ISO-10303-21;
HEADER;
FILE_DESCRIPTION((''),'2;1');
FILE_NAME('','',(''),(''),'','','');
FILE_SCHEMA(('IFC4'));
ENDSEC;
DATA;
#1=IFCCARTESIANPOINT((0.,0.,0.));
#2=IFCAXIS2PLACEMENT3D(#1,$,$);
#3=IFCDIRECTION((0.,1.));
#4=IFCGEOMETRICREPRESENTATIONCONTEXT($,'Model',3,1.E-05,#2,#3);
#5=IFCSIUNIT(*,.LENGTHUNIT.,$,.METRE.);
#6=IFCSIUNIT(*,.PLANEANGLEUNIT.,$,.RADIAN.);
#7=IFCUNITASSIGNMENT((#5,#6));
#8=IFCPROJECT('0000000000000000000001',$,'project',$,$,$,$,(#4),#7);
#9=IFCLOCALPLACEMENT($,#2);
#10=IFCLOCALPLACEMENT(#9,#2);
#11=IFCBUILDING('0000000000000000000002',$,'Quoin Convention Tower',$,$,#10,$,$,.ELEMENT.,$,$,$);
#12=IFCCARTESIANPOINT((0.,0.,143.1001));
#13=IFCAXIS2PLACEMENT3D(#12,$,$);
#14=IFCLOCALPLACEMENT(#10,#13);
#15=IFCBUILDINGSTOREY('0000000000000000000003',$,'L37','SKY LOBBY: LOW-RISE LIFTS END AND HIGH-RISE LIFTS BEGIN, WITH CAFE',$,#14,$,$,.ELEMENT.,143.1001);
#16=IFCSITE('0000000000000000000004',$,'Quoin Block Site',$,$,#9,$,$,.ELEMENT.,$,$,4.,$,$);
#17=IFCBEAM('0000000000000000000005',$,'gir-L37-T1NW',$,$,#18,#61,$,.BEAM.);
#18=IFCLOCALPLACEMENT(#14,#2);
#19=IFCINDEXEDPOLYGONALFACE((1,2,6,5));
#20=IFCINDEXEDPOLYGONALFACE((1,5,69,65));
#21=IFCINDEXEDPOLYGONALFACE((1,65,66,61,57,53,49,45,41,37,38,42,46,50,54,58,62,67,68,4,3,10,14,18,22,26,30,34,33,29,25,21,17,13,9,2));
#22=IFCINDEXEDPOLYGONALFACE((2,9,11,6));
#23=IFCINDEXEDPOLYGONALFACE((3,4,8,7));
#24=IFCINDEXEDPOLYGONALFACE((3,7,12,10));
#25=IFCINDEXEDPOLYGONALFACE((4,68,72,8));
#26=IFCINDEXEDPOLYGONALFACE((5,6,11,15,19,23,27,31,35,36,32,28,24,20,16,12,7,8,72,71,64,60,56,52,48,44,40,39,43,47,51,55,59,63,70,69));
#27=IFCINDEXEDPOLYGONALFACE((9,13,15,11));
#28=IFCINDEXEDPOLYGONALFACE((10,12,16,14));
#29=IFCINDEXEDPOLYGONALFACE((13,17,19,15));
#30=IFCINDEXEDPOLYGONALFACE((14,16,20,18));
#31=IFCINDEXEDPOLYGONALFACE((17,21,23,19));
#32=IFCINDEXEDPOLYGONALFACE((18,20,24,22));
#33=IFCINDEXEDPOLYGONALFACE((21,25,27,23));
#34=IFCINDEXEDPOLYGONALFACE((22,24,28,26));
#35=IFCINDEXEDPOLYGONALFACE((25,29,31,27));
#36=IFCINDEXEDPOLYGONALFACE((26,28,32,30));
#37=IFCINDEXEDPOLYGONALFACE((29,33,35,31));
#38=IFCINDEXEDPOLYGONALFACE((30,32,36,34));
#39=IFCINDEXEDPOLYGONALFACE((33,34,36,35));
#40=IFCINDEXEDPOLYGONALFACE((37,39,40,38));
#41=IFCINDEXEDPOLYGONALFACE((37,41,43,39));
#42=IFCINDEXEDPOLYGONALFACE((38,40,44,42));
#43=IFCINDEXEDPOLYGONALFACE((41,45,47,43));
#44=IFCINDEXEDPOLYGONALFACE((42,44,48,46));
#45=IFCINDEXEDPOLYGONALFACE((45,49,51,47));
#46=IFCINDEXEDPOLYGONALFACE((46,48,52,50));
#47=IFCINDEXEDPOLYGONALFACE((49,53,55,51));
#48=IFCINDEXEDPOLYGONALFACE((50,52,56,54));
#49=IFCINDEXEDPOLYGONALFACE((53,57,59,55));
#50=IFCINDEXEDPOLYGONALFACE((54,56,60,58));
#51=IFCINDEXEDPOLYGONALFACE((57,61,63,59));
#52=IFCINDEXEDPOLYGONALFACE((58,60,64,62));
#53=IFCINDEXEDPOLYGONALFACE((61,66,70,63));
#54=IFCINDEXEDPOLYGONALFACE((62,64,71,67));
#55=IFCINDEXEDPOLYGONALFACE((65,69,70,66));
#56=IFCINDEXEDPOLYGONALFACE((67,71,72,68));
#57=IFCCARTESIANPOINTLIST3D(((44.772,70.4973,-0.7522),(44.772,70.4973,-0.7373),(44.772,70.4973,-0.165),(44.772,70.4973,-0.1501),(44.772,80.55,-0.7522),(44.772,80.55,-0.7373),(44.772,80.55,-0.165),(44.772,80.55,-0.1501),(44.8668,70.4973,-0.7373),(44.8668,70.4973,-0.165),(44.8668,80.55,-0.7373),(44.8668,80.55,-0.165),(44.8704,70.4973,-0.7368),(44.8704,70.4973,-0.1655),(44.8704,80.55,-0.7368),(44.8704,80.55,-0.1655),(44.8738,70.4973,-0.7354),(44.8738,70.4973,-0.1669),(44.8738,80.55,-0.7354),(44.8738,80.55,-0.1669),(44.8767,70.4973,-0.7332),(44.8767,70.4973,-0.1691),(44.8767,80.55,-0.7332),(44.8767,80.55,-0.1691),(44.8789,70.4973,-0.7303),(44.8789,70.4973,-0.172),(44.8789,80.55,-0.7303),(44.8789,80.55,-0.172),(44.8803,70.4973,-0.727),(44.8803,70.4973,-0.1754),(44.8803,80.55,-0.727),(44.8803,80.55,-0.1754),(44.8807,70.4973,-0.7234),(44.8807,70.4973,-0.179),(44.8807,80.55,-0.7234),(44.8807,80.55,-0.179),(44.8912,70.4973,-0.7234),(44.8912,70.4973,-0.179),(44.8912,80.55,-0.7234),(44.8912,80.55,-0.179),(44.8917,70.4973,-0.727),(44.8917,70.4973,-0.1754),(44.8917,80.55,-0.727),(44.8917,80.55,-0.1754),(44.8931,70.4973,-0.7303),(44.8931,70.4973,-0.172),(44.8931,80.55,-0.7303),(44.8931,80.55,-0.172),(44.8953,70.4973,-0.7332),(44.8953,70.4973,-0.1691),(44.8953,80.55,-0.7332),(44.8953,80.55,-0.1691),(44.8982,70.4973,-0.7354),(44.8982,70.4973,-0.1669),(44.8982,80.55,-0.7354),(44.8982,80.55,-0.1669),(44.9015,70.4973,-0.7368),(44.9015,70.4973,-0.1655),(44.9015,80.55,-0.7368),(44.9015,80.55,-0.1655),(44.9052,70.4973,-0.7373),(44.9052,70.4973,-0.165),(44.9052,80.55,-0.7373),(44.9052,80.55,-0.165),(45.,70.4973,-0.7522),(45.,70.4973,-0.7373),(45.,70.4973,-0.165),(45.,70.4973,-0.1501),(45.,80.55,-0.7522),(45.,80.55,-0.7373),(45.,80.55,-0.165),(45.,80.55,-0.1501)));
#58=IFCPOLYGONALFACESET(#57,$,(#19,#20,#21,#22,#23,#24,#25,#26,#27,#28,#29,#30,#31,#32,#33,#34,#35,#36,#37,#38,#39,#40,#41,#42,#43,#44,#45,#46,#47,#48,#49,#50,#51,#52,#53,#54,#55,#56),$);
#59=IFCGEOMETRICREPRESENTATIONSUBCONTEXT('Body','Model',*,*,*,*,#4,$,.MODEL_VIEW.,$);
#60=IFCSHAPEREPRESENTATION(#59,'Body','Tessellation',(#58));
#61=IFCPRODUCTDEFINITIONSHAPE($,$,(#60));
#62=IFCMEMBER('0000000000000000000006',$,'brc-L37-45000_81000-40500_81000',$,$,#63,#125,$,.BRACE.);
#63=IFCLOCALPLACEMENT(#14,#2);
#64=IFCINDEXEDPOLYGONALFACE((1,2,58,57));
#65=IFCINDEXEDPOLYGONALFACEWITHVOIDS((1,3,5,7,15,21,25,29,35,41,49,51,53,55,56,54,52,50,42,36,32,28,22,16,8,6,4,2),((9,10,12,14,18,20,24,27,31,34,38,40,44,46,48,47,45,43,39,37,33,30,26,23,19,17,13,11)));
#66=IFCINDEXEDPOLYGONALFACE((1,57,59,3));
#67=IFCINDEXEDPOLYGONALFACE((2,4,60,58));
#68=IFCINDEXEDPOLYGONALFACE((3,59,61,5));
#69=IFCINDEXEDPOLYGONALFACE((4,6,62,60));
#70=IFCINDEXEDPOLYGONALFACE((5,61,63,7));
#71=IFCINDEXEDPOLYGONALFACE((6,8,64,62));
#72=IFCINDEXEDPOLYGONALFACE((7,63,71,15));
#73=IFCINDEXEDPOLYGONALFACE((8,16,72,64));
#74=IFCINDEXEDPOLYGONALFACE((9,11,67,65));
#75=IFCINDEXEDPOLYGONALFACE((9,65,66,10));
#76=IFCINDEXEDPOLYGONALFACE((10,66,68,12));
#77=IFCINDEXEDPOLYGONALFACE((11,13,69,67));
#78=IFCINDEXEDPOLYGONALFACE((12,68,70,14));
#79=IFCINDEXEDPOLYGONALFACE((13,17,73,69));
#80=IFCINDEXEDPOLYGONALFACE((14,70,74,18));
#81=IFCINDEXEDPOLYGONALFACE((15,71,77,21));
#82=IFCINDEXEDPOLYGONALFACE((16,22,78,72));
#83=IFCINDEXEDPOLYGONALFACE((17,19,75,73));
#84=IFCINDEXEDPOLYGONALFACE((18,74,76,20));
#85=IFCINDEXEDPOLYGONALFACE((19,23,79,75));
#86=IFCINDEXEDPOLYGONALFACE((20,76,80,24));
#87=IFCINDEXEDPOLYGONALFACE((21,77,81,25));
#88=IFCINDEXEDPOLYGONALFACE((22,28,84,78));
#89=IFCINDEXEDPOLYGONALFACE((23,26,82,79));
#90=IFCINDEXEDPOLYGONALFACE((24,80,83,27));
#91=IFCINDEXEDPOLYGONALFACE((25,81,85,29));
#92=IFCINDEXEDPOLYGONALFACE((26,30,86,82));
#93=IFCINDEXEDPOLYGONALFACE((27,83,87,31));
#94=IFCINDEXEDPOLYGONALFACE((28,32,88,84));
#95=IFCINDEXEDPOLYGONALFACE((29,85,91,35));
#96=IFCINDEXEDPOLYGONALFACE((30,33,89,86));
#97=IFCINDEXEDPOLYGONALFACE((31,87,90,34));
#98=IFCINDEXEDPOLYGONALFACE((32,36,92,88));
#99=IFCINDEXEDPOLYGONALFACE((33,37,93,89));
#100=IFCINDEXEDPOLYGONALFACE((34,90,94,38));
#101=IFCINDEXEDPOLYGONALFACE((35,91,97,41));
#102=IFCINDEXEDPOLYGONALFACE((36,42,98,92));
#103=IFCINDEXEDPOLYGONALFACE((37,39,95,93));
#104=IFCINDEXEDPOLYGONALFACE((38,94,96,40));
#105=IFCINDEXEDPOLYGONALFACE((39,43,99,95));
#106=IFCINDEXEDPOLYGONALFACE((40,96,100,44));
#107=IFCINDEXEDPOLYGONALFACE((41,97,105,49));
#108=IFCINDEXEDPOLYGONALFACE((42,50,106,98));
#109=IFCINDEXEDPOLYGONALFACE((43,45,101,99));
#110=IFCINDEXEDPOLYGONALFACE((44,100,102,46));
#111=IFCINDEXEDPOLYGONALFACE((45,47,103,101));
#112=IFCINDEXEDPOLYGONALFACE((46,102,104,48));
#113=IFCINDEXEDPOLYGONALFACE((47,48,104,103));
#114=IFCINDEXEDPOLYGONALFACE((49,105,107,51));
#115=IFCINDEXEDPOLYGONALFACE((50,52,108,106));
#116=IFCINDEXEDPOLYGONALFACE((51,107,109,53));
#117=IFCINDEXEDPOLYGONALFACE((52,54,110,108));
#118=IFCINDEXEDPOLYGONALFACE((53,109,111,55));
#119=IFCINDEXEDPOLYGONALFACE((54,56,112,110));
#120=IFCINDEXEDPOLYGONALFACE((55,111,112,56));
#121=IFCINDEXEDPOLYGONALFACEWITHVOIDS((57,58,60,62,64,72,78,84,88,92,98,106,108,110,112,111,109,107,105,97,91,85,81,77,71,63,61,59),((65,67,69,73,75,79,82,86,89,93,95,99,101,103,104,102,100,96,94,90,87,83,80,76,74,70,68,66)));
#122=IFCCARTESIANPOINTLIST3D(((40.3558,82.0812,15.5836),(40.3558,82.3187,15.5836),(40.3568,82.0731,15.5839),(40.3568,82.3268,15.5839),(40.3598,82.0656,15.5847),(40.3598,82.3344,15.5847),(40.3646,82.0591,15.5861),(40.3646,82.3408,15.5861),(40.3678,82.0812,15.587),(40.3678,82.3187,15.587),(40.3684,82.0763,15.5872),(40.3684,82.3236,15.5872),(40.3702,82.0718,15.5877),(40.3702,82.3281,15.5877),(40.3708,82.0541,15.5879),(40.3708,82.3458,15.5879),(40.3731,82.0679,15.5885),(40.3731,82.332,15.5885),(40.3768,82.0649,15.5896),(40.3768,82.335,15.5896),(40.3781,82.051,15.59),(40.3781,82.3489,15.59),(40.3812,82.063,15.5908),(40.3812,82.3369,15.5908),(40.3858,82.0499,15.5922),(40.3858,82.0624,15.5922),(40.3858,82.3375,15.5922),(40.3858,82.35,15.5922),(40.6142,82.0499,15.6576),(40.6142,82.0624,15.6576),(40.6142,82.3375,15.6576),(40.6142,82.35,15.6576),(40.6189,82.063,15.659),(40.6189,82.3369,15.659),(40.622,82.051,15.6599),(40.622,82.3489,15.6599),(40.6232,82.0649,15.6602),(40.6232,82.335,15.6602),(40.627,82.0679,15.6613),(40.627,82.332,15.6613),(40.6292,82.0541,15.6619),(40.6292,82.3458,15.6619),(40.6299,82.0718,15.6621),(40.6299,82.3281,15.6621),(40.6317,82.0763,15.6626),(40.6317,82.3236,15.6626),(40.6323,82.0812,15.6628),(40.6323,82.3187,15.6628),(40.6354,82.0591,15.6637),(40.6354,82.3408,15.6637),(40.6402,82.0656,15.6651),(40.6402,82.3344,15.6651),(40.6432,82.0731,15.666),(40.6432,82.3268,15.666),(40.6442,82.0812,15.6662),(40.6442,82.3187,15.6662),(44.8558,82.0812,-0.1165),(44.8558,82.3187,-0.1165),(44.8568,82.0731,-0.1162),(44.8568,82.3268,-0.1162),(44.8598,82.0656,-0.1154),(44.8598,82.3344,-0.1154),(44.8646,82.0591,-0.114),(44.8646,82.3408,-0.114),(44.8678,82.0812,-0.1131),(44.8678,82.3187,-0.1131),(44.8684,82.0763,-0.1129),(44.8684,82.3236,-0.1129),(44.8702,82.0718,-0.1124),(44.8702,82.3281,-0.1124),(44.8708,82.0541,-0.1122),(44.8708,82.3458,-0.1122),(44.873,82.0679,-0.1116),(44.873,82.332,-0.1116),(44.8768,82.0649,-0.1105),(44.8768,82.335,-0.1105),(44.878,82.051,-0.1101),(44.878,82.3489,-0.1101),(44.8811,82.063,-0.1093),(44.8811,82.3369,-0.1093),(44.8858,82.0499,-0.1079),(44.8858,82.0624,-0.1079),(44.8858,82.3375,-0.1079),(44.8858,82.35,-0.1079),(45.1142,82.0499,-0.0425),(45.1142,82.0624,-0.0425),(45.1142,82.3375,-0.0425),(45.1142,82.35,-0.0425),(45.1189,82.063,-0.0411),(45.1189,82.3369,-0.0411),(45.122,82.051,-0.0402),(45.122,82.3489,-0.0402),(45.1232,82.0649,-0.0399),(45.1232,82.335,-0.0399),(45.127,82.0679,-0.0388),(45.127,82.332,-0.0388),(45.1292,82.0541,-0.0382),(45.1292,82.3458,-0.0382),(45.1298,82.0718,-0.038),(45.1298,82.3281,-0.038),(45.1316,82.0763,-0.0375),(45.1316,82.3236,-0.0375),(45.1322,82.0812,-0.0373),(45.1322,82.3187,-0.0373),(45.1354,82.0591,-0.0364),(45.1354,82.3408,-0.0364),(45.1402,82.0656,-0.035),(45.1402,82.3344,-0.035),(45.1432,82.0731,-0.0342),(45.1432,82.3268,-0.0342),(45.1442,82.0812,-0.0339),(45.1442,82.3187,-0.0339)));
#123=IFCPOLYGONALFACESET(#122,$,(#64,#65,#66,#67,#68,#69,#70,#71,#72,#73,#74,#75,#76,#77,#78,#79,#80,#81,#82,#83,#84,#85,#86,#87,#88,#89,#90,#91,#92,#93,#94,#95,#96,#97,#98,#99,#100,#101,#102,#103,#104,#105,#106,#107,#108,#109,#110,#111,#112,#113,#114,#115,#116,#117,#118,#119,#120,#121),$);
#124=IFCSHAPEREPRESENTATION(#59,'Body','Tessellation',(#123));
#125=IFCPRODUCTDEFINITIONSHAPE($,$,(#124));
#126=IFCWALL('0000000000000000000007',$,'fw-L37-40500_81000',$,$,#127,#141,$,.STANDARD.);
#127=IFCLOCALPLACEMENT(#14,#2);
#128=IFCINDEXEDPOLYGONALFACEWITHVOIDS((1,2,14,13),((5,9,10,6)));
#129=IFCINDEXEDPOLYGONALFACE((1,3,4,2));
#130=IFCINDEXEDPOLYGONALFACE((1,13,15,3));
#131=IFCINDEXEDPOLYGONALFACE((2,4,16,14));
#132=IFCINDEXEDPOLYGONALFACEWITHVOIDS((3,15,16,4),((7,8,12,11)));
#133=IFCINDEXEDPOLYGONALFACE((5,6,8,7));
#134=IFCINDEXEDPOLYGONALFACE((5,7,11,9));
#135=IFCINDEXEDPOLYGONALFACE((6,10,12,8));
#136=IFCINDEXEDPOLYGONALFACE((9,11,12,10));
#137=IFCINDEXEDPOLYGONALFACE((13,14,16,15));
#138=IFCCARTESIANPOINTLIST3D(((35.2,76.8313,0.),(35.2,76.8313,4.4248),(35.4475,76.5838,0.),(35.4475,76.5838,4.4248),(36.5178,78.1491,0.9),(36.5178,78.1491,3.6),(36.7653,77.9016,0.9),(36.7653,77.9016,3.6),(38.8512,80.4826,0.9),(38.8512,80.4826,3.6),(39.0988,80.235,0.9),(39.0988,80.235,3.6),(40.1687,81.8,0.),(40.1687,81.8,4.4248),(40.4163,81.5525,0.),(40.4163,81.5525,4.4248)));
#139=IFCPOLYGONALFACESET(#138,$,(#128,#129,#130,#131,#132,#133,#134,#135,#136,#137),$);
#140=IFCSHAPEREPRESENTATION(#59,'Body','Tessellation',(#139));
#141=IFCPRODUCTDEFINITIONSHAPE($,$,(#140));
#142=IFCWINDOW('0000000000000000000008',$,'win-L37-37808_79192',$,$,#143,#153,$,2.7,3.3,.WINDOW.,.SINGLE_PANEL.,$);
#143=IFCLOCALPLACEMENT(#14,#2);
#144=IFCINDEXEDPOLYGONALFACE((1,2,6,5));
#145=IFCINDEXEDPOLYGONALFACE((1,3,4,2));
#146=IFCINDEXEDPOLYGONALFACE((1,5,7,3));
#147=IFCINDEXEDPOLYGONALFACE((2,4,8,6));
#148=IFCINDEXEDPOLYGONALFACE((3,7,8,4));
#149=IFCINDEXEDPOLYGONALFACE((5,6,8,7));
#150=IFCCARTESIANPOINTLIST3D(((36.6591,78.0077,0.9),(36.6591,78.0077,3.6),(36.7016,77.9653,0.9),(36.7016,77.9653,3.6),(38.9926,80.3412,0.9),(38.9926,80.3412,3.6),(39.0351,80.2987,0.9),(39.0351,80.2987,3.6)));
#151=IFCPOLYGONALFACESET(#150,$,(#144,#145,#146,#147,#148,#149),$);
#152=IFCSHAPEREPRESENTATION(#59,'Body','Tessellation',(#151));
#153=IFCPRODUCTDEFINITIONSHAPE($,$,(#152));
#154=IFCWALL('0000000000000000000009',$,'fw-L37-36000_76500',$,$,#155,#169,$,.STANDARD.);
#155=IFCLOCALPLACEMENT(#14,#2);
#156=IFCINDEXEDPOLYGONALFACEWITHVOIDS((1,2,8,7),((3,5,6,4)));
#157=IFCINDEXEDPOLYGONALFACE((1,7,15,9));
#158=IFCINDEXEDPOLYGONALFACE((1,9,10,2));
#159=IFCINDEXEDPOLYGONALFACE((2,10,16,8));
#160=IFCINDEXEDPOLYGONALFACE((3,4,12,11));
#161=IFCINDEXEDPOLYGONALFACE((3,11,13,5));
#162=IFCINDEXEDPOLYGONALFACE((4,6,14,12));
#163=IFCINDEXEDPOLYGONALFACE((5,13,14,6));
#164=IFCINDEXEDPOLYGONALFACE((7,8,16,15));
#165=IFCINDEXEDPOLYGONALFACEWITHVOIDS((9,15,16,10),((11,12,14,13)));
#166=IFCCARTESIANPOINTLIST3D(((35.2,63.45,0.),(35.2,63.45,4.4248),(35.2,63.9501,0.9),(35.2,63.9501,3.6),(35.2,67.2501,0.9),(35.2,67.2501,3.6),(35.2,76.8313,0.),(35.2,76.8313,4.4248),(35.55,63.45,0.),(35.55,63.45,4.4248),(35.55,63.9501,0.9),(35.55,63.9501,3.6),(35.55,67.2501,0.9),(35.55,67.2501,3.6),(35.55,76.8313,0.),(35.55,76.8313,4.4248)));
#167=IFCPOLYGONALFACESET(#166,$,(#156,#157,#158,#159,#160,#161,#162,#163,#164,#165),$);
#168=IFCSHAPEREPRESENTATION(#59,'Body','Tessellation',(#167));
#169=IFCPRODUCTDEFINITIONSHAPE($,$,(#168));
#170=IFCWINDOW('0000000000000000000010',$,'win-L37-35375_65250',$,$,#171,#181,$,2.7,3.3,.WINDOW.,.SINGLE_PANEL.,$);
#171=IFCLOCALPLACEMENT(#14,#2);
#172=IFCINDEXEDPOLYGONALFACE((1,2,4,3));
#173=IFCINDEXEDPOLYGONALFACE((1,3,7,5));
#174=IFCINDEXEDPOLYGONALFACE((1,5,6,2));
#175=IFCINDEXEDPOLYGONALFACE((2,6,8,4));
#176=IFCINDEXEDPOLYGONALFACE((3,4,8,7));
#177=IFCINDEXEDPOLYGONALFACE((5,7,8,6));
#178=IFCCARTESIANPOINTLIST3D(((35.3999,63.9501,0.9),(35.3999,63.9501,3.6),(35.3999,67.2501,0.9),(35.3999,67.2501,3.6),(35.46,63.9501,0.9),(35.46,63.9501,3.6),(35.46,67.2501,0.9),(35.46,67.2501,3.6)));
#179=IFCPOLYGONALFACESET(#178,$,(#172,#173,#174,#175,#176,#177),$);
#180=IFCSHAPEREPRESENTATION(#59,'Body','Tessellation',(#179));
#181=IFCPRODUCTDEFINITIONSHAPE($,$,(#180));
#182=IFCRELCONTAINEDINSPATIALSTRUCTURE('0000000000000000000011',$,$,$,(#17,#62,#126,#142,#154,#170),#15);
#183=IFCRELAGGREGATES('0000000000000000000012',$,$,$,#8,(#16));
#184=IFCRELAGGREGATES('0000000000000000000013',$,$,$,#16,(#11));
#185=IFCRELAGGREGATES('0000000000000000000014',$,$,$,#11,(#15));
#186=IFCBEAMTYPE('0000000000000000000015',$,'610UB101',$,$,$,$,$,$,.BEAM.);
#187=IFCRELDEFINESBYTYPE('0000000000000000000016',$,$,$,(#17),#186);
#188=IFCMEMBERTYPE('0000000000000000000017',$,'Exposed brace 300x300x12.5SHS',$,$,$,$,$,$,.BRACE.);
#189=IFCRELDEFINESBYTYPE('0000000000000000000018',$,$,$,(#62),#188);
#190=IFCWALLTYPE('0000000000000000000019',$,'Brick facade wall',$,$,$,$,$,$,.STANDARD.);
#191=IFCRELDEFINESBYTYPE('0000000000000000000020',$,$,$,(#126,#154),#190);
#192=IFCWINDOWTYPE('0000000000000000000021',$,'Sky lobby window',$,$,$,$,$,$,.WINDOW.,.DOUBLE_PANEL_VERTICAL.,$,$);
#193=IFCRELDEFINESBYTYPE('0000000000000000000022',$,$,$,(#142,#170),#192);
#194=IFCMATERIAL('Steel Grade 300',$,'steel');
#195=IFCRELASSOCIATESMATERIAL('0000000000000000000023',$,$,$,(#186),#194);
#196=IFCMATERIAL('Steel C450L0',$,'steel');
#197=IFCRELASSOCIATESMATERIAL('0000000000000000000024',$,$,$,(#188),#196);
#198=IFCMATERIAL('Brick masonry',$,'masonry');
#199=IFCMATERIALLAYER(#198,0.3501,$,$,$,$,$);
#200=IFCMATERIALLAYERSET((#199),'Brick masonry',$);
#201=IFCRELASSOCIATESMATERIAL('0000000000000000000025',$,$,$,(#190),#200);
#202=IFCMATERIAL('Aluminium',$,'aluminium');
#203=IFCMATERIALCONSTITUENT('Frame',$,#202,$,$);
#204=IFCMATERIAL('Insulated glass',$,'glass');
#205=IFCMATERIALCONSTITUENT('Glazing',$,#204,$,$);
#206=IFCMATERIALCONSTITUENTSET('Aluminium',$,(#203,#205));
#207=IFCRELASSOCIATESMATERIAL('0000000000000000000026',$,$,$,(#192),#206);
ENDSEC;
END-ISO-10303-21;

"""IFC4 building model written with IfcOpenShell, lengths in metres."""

from ifc_helpers import new_model, si_unit, direction, frame, frame_2d, origin, origin_2d, place, context, subcontext, project, spatial, rectangle, hollow_rectangle, i_section, extrude, material, layer, layer_set, constituent, constituent_set, material_profile, profile_set, type_object, element, fill, save


model = new_model("IFC4")

# Units and contexts
model_context = context("Model", 3, precision=1e-05, world=origin(), true_north=direction((0.0, 1.0)))
body_context = subcontext(model_context, "Body", "Model", "MODEL_VIEW")
ifc_project = project(units=[si_unit("LENGTHUNIT", "METRE"), si_unit("PLANEANGLEUNIT", "RADIAN")], contexts=[model_context])

# Site, building, storey
site_placement = place(None, origin())
site = spatial("IfcSite", under=ifc_project, at=site_placement, Name="Quoin Block Site", CompositionType="ELEMENT", RefElevation=4.0)
building_placement = place(site_placement, origin())
building = spatial("IfcBuilding", under=site, at=building_placement, Name="Quoin Convention Tower", CompositionType="ELEMENT")
storey_placement = place(building_placement, frame((0.0, 0.0, 143.1001)))
storey = spatial("IfcBuildingStorey", under=building, at=storey_placement, Name="L37", Description="SKY LOBBY: LOW-RISE LIFTS END AND HIGH-RISE LIFTS BEGIN, WITH CAFE", CompositionType="ELEMENT", Elevation=143.1001)

# Beam
ifc_material_1 = material(Name="Steel Grade 300", Category="steel")
ifc_material_profile_1 = material_profile(ifc_material_1, i_section(OverallWidth=0.228, OverallDepth=0.6021, WebThickness=0.0105, FlangeThickness=0.0149, FilletRadius=0.0139, at=origin_2d()), Name="610UB101")
ifc_profile_set_1 = profile_set([ifc_material_profile_1], Name="Steel Grade 300")
beam_type_1 = type_object("IfcBeamType", Name="610UB101", PredefinedType="BEAM", material=ifc_profile_set_1)
beam_1_placement = place(storey_placement, frame((44.886, 80.55, -0.4512), z_axis=(0.0, -1.0, 0.0), x_axis=(1.0, 0.0, 0.0)))
element("IfcBeam", 1, at=beam_1_placement, inside=storey, type_object=beam_type_1, Name="gir-L37-T1NW", PredefinedType="BEAM", context=body_context, shape_type="SweptSolid", body=[
    extrude(i_section(OverallWidth=0.228, OverallDepth=0.6021, WebThickness=0.0105, FlangeThickness=0.0149, FilletRadius=0.0139, at=origin_2d()), origin(), (0.0, 0.0, 1.0), 10.0527),
])

# Member
ifc_material_2 = material(Name="Steel C450L0", Category="steel")
ifc_material_profile_2 = material_profile(ifc_material_2, hollow_rectangle(XDim=0.3, YDim=0.3, WallThickness=0.0125, InnerFilletRadius=0.0188, OuterFilletRadius=0.0312, at=origin_2d()), Name="300x300x12.5SHS")
ifc_profile_set_2 = profile_set([ifc_material_profile_2], Name="Steel C450L0")
member_type = type_object("IfcMemberType", Name="Exposed brace 300x300x12.5SHS", PredefinedType="BRACE", material=ifc_profile_set_2)
member_placement = place(storey_placement, frame((45.0, 82.2, -0.0752), z_axis=(-0.275527, 0.0, 0.961293), x_axis=(0.0, -1.0, 0.0)))
element("IfcMember", 2, at=member_placement, inside=storey, type_object=member_type, Name="brc-L37-45000_81000-40500_81000", PredefinedType="BRACE", context=body_context, shape_type="SweptSolid", body=[
    extrude(hollow_rectangle(XDim=0.3, YDim=0.3, WallThickness=0.0125, InnerFilletRadius=0.0188, OuterFilletRadius=0.0312, at=origin_2d()), origin(), (0.0, 0.0, 1.0), 16.3323),
])

# Walls, openings, windows
ifc_material_3 = material(Name="Brick masonry", Category="masonry")
ifc_layer_1 = layer(ifc_material_3, 0.3501)
ifc_layer_set_1 = layer_set([ifc_layer_1], Name="Brick masonry")
wall_type_1 = type_object("IfcWallType", Name="Brick facade wall", PredefinedType="STANDARD", material=ifc_layer_set_1)
wall_1_placement = place(storey_placement, frame((40.2925, 81.6763, 0.0), z_axis=(0.0, 0.0, 1.0), x_axis=(-0.707107, -0.707107, 0.0)))
wall_1 = element("IfcWall", 3, at=wall_1_placement, inside=storey, type_object=wall_type_1, Name="fw-L37-40500_81000", PredefinedType="STANDARD", context=body_context, shape_type="SweptSolid", body=[
    extrude(rectangle(XDim=7.0269, YDim=0.3501, at=frame_2d((3.5134, 0.0))), origin(), (0.0, 0.0, 1.0), 4.4248),
])
opening_1_placement = place(wall_1_placement, frame((1.8633, 0.0, 0.8999)))
opening_1 = element("IfcOpeningElement", 4, at=opening_1_placement, cuts=wall_1, PredefinedType="OPENING", context=body_context, shape_type="SweptSolid", body=[
    extrude(rectangle(XDim=3.3, YDim=2.7, at=frame_2d((1.6499, 1.3501))), frame((0.0, 0.1851, 0.0), z_axis=(0.0, -1.0, 0.0), x_axis=(1.0, 0.0, 0.0)), (0.0, 0.0, 1.0), 0.3701),
])
ifc_material_4 = material(Name="Aluminium", Category="aluminium")
ifc_constituent_1 = constituent(ifc_material_4, Name="Frame")
ifc_material_5 = material(Name="Insulated glass", Category="glass")
ifc_constituent_2 = constituent(ifc_material_5, Name="Glazing")
ifc_constituent_set = constituent_set(constituents=[ifc_constituent_1, ifc_constituent_2], Name="Aluminium")
window_type = type_object("IfcWindowType", Name="Sky lobby window", PartitioningType="DOUBLE_PANEL_VERTICAL", PredefinedType="WINDOW", material=ifc_constituent_set)
window_1_placement = place(opening_1_placement, origin())
window_1 = element("IfcWindow", 5, at=window_1_placement, inside=storey, type_object=window_type, Name="win-L37-37808_79192", OverallHeight=2.7, OverallWidth=3.3, PartitioningType="SINGLE_PANEL", PredefinedType="WINDOW", context=body_context, shape_type="SweptSolid", body=[
    extrude(rectangle(XDim=3.3, YDim=2.7, at=frame_2d((1.6499, 1.3501))), frame((0.0, 0.085, 0.0), z_axis=(0.0, -1.0, 0.0), x_axis=(1.0, 0.0, 0.0)), (0.0, 0.0, 1.0), 0.0601),
])
fill(opening_1, window_1)
wall_2_placement = place(storey_placement, frame((35.375, 76.8313, 0.0), z_axis=(0.0, 0.0, 1.0), x_axis=(0.0, -1.0, 0.0)))
wall_2 = element("IfcWall", 6, at=wall_2_placement, inside=storey, type_object=wall_type_1, Name="fw-L37-36000_76500", PredefinedType="STANDARD", context=body_context, shape_type="SweptSolid", body=[
    extrude(rectangle(XDim=13.3813, YDim=0.3501, at=frame_2d((6.6907, 0.0))), origin(), (0.0, 0.0, 1.0), 4.4248),
])
opening_2_placement = place(wall_2_placement, frame((9.5813, 0.0, 0.8999)))
opening_2 = element("IfcOpeningElement", 7, at=opening_2_placement, cuts=wall_2, PredefinedType="OPENING", context=body_context, shape_type="SweptSolid", body=[
    extrude(rectangle(XDim=3.3, YDim=2.7, at=frame_2d((1.6499, 1.3501))), frame((0.0, 0.1851, 0.0), z_axis=(0.0, -1.0, 0.0), x_axis=(1.0, 0.0, 0.0)), (0.0, 0.0, 1.0), 0.3701),
])
window_2_placement = place(opening_2_placement, origin())
window_2 = element("IfcWindow", 8, at=window_2_placement, inside=storey, type_object=window_type, Name="win-L37-35375_65250", OverallHeight=2.7, OverallWidth=3.3, PartitioningType="SINGLE_PANEL", PredefinedType="WINDOW", context=body_context, shape_type="SweptSolid", body=[
    extrude(rectangle(XDim=3.3, YDim=2.7, at=frame_2d((1.6499, 1.3501))), frame((0.0, 0.085, 0.0), z_axis=(0.0, -1.0, 0.0), x_axis=(1.0, 0.0, 0.0)), (0.0, 0.0, 1.0), 0.0601),
])
fill(opening_2, window_2)

save(model, "model.ifc")
